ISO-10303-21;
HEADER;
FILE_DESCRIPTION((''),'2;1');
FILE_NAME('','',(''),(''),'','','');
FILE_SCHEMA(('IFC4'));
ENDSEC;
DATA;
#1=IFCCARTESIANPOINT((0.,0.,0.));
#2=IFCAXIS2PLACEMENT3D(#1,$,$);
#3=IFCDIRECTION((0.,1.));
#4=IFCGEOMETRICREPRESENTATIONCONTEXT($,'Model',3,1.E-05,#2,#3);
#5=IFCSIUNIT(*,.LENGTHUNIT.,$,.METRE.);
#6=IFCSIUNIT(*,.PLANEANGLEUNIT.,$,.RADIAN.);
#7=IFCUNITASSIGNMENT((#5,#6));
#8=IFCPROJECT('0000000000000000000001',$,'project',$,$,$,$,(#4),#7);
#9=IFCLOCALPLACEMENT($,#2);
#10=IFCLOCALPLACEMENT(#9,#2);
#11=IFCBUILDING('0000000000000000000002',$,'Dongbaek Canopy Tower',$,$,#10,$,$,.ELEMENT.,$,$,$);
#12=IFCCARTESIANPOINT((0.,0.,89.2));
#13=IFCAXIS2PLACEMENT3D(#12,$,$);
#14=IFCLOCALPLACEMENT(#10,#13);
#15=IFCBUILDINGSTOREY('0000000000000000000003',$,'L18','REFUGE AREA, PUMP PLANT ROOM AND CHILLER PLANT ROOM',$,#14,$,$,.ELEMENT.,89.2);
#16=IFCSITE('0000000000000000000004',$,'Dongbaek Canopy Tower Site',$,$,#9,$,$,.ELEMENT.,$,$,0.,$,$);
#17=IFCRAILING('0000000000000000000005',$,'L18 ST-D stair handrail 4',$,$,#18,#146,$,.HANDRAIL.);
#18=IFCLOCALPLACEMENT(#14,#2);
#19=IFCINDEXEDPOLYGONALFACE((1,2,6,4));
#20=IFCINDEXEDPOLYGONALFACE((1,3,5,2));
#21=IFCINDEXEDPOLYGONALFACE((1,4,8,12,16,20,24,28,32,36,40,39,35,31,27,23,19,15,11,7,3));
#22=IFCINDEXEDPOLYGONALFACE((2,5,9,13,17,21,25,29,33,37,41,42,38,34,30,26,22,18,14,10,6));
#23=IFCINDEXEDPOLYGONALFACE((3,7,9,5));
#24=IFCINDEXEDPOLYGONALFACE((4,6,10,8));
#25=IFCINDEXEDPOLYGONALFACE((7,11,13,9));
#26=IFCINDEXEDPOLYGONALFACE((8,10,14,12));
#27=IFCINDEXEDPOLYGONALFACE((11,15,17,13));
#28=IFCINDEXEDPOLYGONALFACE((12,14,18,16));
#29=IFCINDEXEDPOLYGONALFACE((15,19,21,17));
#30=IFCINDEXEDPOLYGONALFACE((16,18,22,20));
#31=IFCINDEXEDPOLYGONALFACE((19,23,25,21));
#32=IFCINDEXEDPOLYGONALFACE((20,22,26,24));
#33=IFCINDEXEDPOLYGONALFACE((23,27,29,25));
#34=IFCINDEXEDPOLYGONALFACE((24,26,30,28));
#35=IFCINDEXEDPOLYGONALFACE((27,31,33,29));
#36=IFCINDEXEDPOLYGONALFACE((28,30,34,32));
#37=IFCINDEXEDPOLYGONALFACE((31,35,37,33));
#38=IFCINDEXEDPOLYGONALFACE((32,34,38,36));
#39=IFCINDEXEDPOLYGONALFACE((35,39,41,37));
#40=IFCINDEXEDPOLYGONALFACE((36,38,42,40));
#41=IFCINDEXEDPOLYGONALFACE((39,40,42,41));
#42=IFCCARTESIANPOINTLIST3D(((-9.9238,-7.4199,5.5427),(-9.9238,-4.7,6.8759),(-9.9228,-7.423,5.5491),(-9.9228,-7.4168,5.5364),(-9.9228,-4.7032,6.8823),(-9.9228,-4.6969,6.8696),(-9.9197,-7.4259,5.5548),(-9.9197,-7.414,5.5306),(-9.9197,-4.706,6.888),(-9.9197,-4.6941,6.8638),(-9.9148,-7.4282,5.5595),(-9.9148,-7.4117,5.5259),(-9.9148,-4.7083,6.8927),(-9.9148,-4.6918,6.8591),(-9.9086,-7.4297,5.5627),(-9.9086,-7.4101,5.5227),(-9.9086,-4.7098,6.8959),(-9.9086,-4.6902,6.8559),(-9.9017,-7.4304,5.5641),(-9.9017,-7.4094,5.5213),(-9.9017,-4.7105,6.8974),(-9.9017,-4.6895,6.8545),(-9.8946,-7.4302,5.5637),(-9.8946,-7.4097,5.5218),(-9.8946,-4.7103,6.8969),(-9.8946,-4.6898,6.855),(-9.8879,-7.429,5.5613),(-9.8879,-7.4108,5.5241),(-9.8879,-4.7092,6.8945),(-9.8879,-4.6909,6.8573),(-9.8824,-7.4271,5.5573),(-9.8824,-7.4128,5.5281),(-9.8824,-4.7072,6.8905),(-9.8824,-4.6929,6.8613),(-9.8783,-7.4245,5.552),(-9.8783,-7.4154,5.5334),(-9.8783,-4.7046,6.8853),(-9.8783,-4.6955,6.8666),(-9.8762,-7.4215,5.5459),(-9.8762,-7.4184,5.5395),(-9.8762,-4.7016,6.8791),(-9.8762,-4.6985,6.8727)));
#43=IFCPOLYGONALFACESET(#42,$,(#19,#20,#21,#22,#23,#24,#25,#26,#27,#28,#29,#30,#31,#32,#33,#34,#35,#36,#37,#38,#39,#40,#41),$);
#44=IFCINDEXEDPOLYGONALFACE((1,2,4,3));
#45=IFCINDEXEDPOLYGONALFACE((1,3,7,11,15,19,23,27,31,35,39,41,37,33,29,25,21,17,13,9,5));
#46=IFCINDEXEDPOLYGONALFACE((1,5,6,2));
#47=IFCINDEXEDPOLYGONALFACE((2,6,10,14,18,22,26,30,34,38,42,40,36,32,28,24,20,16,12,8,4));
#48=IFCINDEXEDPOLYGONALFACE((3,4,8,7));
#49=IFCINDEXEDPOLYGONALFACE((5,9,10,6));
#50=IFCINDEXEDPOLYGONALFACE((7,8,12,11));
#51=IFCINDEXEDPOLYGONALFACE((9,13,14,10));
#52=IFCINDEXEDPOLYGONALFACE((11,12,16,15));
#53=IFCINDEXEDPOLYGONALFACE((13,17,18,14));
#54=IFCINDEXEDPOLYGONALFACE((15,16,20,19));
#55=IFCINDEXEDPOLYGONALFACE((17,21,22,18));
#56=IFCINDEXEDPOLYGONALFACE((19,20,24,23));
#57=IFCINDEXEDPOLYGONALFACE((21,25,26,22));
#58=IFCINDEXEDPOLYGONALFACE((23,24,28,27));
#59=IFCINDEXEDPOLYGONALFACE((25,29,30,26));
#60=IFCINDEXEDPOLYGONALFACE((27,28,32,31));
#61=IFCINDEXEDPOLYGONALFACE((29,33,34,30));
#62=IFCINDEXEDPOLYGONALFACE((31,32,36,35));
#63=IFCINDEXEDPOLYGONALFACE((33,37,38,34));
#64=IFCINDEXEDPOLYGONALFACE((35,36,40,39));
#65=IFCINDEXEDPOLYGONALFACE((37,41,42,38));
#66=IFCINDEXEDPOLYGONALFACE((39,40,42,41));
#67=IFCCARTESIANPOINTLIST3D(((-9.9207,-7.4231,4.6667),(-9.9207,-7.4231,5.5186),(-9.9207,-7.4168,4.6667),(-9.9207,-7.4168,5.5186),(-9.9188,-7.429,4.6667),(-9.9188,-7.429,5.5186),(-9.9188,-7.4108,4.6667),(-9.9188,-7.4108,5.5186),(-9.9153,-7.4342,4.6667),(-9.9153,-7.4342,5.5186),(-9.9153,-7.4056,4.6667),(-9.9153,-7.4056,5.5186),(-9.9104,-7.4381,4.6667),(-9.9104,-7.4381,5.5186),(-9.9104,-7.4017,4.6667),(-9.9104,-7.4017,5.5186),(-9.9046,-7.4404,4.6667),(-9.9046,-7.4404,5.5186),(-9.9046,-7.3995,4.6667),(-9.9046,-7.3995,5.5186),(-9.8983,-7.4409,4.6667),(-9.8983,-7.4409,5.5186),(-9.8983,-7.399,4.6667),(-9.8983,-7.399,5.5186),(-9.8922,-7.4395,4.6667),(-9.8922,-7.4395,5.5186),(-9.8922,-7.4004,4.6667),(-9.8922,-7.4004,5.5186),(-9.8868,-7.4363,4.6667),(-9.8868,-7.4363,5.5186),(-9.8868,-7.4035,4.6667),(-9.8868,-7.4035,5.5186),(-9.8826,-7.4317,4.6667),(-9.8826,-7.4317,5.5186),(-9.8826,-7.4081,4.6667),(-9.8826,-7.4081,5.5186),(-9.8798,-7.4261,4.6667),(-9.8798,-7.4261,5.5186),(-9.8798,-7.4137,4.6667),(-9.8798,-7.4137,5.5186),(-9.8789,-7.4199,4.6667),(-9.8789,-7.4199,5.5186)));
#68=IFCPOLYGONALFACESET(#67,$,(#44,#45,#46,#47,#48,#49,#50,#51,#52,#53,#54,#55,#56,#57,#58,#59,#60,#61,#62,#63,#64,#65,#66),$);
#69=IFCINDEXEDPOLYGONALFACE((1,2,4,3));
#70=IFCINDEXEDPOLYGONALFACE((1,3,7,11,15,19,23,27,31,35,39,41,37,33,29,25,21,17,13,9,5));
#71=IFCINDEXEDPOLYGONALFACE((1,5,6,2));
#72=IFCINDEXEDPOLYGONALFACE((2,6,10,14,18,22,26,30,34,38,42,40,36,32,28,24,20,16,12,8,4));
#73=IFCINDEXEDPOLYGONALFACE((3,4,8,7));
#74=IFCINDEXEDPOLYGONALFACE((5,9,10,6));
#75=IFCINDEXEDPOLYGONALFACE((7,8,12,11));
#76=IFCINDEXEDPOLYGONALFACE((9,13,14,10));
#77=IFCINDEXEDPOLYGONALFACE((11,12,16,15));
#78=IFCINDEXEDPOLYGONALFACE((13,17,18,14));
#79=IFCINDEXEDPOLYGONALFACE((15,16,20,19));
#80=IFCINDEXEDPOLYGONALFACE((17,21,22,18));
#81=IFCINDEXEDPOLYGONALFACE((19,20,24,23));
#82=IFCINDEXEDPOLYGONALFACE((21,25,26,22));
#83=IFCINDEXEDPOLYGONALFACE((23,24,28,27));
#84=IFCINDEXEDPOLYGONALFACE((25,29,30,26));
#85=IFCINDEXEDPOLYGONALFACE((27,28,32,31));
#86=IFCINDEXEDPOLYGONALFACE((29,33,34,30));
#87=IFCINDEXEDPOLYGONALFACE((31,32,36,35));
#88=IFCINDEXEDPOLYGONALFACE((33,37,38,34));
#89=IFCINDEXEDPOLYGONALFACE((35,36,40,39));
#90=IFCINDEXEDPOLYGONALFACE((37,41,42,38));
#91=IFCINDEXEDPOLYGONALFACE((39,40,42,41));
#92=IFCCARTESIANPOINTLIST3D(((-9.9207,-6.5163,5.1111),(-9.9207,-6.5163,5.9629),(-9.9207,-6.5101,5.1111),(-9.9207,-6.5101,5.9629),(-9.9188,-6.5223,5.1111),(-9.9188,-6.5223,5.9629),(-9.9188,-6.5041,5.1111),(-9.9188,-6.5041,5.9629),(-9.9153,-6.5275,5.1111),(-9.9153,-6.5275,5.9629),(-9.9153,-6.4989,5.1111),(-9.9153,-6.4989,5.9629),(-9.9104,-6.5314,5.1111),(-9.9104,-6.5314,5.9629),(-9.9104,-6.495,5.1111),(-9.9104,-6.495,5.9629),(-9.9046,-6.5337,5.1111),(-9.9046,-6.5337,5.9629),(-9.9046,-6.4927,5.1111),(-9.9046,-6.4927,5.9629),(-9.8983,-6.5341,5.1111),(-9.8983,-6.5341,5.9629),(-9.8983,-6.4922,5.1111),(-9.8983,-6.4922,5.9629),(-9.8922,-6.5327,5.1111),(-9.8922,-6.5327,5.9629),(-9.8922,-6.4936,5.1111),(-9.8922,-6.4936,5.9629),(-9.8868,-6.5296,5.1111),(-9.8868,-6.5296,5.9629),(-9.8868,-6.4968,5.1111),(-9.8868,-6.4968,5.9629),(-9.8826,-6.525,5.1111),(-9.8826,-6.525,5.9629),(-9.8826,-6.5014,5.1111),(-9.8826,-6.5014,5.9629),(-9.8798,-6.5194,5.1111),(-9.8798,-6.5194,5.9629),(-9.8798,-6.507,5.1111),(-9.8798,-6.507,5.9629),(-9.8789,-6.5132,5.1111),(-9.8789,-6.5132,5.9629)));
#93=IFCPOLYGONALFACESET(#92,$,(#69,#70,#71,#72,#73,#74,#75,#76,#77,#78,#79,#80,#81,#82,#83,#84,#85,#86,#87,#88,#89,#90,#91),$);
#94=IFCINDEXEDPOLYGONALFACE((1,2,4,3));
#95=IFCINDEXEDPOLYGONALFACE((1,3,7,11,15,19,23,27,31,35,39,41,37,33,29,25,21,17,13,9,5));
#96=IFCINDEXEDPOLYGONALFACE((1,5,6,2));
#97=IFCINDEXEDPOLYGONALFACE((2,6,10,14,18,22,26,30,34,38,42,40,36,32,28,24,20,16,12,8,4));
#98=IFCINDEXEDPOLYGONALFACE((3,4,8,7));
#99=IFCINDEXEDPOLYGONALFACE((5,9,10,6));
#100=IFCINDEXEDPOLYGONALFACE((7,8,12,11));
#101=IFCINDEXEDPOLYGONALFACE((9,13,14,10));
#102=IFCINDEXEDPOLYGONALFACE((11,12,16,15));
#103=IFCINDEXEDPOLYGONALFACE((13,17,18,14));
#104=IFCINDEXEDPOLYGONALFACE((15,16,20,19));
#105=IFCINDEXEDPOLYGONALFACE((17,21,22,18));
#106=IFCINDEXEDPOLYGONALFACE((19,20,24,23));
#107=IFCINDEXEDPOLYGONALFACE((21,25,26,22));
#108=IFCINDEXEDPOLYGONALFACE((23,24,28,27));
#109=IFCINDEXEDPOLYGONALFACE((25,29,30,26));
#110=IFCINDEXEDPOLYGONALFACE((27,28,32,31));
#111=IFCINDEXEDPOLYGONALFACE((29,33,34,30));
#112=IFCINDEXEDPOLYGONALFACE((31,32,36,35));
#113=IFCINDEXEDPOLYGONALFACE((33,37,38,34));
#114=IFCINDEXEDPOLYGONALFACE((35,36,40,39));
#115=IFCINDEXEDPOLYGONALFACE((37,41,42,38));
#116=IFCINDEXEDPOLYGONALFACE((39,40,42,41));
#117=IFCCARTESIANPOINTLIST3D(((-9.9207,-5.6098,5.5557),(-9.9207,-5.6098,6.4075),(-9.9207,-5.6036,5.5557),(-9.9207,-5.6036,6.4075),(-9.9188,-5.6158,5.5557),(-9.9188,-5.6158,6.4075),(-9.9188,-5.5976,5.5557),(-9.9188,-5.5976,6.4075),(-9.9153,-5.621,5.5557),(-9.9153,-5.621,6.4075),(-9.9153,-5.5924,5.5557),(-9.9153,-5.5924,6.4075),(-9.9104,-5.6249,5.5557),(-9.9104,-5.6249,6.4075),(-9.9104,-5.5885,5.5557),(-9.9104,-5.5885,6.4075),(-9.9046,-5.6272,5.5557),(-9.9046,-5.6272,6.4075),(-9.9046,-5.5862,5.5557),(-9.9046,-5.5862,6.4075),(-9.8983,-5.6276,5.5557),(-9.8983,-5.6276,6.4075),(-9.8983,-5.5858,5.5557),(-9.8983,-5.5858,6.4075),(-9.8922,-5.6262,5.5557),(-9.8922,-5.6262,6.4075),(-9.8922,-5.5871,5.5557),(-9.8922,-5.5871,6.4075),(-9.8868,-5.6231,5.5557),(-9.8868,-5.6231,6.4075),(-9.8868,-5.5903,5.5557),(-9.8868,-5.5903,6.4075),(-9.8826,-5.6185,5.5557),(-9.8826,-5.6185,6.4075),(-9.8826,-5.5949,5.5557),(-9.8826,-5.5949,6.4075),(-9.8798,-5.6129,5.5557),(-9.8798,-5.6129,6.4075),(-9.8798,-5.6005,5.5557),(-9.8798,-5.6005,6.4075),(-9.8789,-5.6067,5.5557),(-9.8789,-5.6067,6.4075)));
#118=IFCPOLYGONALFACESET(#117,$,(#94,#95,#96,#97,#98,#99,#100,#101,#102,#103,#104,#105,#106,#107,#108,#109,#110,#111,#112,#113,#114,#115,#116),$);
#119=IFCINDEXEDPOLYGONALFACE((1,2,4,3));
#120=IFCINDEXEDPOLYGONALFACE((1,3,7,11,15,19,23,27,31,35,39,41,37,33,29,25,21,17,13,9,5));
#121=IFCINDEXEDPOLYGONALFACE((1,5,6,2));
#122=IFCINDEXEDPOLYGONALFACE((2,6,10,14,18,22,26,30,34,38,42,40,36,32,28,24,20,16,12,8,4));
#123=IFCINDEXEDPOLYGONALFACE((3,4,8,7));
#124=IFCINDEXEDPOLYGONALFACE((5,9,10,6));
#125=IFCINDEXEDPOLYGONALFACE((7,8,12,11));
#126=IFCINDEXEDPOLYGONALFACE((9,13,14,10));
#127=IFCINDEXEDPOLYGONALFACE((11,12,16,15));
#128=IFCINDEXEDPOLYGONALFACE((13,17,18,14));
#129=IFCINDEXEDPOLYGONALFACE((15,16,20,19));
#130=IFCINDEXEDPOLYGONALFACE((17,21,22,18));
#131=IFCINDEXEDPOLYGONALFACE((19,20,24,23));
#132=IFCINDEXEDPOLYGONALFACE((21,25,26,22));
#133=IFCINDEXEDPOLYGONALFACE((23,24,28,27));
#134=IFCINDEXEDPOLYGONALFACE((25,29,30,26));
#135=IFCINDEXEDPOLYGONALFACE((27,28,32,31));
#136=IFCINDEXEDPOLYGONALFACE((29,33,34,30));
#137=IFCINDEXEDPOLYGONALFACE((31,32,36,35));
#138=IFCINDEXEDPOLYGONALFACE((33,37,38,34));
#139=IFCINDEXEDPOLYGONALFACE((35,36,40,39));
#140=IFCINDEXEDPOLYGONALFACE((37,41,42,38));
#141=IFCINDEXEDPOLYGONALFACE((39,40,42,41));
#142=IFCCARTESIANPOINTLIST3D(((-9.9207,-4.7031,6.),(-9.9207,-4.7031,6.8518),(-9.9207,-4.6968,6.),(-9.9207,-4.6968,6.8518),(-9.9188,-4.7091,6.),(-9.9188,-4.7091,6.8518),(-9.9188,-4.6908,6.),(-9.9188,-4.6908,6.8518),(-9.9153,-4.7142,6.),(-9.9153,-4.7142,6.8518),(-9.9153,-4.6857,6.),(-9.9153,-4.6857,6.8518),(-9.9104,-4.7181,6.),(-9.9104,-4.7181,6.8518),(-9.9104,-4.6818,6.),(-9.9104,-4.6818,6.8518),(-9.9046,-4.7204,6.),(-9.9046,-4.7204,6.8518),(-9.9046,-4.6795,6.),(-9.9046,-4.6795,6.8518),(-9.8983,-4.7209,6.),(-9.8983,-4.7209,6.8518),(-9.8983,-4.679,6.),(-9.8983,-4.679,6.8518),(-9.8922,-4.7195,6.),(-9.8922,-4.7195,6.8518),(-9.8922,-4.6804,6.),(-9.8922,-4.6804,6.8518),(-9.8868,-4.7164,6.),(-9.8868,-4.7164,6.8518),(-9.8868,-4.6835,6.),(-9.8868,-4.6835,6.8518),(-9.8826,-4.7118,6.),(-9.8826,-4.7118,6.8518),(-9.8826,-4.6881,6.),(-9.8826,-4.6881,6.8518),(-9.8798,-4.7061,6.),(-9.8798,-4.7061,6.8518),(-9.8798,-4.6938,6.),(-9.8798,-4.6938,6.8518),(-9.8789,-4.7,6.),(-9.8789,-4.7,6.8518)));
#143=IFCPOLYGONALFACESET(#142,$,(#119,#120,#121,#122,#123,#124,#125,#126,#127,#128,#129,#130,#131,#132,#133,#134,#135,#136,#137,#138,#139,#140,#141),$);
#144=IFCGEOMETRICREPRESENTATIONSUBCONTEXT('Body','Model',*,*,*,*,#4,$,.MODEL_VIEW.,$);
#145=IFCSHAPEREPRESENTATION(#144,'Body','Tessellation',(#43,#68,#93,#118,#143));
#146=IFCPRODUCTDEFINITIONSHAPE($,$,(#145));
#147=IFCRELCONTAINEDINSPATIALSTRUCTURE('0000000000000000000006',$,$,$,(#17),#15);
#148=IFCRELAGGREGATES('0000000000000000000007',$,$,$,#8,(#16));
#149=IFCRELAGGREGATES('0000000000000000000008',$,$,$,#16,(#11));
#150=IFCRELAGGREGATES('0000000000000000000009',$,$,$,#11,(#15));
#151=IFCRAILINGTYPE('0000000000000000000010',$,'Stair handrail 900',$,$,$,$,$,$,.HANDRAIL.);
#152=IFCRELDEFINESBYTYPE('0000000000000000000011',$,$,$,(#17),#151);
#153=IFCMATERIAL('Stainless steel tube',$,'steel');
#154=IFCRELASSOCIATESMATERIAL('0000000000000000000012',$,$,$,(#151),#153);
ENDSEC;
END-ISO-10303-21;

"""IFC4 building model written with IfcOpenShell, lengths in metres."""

from ifc_helpers import new_model, si_unit, direction, frame, origin, origin_2d, place, context, subcontext, project, spatial, circle, extrude, material, type_object, element, save


model = new_model("IFC4")

# Units and contexts
model_context = context("Model", 3, precision=1e-05, world=origin(), true_north=direction((0.0, 1.0)))
body_context = subcontext(model_context, "Body", "Model", "MODEL_VIEW")
ifc_project = project(units=[si_unit("LENGTHUNIT", "METRE"), si_unit("PLANEANGLEUNIT", "RADIAN")], contexts=[model_context])

# Site, building, storey
site_placement = place(None, origin())
site = spatial("IfcSite", under=ifc_project, at=site_placement, Name="Dongbaek Canopy Tower Site", CompositionType="ELEMENT", RefElevation=0.0)
building_placement = place(site_placement, origin())
building = spatial("IfcBuilding", under=site, at=building_placement, Name="Dongbaek Canopy Tower", CompositionType="ELEMENT")
storey_placement = place(building_placement, frame((0.0, 0.0, 89.2)))
storey = spatial("IfcBuildingStorey", under=building, at=storey_placement, Name="L18", Description="REFUGE AREA, PUMP PLANT ROOM AND CHILLER PLANT ROOM", CompositionType="ELEMENT", Elevation=89.2)

# Railing
ifc_material_1 = material(Name="Stainless steel tube", Category="steel")
railing_type_1 = type_object("IfcRailingType", Name="Stair handrail 900", PredefinedType="HANDRAIL", material=ifc_material_1)
for number, where, name in (
    (1, (-9.8999, -7.4199, 4.6667), "L18 ST-D stair handrail 4"),
):
    element("IfcRailing", number, at=place(storey_placement, frame(where)), inside=storey, type_object=railing_type_1, Name=name, PredefinedType="HANDRAIL", context=body_context, shape_type="SweptSolid", body=[
        extrude(circle(Radius=0.0239, at=origin_2d()), frame((0.0, 0.0, 0.876), z_axis=(0.0, 0.897929, 0.440139), x_axis=(-1.0, 0.0, 0.0)), (0.0, 0.0, 1.0), 3.0291),
        extrude(circle(Radius=0.021, at=origin_2d()), origin(), (0.0, 0.0, 1.0), 0.8518),
        extrude(circle(Radius=0.021, at=origin_2d()), frame((0.0, 0.9067, 0.4443)), (0.0, 0.0, 1.0), 0.8518),
        extrude(circle(Radius=0.021, at=origin_2d()), frame((0.0, 1.8132, 0.8889)), (0.0, 0.0, 1.0), 0.8518),
        extrude(circle(Radius=0.021, at=origin_2d()), frame((0.0, 2.72, 1.3333)), (0.0, 0.0, 1.0), 0.8518),
    ])

save(model, "model.ifc")
